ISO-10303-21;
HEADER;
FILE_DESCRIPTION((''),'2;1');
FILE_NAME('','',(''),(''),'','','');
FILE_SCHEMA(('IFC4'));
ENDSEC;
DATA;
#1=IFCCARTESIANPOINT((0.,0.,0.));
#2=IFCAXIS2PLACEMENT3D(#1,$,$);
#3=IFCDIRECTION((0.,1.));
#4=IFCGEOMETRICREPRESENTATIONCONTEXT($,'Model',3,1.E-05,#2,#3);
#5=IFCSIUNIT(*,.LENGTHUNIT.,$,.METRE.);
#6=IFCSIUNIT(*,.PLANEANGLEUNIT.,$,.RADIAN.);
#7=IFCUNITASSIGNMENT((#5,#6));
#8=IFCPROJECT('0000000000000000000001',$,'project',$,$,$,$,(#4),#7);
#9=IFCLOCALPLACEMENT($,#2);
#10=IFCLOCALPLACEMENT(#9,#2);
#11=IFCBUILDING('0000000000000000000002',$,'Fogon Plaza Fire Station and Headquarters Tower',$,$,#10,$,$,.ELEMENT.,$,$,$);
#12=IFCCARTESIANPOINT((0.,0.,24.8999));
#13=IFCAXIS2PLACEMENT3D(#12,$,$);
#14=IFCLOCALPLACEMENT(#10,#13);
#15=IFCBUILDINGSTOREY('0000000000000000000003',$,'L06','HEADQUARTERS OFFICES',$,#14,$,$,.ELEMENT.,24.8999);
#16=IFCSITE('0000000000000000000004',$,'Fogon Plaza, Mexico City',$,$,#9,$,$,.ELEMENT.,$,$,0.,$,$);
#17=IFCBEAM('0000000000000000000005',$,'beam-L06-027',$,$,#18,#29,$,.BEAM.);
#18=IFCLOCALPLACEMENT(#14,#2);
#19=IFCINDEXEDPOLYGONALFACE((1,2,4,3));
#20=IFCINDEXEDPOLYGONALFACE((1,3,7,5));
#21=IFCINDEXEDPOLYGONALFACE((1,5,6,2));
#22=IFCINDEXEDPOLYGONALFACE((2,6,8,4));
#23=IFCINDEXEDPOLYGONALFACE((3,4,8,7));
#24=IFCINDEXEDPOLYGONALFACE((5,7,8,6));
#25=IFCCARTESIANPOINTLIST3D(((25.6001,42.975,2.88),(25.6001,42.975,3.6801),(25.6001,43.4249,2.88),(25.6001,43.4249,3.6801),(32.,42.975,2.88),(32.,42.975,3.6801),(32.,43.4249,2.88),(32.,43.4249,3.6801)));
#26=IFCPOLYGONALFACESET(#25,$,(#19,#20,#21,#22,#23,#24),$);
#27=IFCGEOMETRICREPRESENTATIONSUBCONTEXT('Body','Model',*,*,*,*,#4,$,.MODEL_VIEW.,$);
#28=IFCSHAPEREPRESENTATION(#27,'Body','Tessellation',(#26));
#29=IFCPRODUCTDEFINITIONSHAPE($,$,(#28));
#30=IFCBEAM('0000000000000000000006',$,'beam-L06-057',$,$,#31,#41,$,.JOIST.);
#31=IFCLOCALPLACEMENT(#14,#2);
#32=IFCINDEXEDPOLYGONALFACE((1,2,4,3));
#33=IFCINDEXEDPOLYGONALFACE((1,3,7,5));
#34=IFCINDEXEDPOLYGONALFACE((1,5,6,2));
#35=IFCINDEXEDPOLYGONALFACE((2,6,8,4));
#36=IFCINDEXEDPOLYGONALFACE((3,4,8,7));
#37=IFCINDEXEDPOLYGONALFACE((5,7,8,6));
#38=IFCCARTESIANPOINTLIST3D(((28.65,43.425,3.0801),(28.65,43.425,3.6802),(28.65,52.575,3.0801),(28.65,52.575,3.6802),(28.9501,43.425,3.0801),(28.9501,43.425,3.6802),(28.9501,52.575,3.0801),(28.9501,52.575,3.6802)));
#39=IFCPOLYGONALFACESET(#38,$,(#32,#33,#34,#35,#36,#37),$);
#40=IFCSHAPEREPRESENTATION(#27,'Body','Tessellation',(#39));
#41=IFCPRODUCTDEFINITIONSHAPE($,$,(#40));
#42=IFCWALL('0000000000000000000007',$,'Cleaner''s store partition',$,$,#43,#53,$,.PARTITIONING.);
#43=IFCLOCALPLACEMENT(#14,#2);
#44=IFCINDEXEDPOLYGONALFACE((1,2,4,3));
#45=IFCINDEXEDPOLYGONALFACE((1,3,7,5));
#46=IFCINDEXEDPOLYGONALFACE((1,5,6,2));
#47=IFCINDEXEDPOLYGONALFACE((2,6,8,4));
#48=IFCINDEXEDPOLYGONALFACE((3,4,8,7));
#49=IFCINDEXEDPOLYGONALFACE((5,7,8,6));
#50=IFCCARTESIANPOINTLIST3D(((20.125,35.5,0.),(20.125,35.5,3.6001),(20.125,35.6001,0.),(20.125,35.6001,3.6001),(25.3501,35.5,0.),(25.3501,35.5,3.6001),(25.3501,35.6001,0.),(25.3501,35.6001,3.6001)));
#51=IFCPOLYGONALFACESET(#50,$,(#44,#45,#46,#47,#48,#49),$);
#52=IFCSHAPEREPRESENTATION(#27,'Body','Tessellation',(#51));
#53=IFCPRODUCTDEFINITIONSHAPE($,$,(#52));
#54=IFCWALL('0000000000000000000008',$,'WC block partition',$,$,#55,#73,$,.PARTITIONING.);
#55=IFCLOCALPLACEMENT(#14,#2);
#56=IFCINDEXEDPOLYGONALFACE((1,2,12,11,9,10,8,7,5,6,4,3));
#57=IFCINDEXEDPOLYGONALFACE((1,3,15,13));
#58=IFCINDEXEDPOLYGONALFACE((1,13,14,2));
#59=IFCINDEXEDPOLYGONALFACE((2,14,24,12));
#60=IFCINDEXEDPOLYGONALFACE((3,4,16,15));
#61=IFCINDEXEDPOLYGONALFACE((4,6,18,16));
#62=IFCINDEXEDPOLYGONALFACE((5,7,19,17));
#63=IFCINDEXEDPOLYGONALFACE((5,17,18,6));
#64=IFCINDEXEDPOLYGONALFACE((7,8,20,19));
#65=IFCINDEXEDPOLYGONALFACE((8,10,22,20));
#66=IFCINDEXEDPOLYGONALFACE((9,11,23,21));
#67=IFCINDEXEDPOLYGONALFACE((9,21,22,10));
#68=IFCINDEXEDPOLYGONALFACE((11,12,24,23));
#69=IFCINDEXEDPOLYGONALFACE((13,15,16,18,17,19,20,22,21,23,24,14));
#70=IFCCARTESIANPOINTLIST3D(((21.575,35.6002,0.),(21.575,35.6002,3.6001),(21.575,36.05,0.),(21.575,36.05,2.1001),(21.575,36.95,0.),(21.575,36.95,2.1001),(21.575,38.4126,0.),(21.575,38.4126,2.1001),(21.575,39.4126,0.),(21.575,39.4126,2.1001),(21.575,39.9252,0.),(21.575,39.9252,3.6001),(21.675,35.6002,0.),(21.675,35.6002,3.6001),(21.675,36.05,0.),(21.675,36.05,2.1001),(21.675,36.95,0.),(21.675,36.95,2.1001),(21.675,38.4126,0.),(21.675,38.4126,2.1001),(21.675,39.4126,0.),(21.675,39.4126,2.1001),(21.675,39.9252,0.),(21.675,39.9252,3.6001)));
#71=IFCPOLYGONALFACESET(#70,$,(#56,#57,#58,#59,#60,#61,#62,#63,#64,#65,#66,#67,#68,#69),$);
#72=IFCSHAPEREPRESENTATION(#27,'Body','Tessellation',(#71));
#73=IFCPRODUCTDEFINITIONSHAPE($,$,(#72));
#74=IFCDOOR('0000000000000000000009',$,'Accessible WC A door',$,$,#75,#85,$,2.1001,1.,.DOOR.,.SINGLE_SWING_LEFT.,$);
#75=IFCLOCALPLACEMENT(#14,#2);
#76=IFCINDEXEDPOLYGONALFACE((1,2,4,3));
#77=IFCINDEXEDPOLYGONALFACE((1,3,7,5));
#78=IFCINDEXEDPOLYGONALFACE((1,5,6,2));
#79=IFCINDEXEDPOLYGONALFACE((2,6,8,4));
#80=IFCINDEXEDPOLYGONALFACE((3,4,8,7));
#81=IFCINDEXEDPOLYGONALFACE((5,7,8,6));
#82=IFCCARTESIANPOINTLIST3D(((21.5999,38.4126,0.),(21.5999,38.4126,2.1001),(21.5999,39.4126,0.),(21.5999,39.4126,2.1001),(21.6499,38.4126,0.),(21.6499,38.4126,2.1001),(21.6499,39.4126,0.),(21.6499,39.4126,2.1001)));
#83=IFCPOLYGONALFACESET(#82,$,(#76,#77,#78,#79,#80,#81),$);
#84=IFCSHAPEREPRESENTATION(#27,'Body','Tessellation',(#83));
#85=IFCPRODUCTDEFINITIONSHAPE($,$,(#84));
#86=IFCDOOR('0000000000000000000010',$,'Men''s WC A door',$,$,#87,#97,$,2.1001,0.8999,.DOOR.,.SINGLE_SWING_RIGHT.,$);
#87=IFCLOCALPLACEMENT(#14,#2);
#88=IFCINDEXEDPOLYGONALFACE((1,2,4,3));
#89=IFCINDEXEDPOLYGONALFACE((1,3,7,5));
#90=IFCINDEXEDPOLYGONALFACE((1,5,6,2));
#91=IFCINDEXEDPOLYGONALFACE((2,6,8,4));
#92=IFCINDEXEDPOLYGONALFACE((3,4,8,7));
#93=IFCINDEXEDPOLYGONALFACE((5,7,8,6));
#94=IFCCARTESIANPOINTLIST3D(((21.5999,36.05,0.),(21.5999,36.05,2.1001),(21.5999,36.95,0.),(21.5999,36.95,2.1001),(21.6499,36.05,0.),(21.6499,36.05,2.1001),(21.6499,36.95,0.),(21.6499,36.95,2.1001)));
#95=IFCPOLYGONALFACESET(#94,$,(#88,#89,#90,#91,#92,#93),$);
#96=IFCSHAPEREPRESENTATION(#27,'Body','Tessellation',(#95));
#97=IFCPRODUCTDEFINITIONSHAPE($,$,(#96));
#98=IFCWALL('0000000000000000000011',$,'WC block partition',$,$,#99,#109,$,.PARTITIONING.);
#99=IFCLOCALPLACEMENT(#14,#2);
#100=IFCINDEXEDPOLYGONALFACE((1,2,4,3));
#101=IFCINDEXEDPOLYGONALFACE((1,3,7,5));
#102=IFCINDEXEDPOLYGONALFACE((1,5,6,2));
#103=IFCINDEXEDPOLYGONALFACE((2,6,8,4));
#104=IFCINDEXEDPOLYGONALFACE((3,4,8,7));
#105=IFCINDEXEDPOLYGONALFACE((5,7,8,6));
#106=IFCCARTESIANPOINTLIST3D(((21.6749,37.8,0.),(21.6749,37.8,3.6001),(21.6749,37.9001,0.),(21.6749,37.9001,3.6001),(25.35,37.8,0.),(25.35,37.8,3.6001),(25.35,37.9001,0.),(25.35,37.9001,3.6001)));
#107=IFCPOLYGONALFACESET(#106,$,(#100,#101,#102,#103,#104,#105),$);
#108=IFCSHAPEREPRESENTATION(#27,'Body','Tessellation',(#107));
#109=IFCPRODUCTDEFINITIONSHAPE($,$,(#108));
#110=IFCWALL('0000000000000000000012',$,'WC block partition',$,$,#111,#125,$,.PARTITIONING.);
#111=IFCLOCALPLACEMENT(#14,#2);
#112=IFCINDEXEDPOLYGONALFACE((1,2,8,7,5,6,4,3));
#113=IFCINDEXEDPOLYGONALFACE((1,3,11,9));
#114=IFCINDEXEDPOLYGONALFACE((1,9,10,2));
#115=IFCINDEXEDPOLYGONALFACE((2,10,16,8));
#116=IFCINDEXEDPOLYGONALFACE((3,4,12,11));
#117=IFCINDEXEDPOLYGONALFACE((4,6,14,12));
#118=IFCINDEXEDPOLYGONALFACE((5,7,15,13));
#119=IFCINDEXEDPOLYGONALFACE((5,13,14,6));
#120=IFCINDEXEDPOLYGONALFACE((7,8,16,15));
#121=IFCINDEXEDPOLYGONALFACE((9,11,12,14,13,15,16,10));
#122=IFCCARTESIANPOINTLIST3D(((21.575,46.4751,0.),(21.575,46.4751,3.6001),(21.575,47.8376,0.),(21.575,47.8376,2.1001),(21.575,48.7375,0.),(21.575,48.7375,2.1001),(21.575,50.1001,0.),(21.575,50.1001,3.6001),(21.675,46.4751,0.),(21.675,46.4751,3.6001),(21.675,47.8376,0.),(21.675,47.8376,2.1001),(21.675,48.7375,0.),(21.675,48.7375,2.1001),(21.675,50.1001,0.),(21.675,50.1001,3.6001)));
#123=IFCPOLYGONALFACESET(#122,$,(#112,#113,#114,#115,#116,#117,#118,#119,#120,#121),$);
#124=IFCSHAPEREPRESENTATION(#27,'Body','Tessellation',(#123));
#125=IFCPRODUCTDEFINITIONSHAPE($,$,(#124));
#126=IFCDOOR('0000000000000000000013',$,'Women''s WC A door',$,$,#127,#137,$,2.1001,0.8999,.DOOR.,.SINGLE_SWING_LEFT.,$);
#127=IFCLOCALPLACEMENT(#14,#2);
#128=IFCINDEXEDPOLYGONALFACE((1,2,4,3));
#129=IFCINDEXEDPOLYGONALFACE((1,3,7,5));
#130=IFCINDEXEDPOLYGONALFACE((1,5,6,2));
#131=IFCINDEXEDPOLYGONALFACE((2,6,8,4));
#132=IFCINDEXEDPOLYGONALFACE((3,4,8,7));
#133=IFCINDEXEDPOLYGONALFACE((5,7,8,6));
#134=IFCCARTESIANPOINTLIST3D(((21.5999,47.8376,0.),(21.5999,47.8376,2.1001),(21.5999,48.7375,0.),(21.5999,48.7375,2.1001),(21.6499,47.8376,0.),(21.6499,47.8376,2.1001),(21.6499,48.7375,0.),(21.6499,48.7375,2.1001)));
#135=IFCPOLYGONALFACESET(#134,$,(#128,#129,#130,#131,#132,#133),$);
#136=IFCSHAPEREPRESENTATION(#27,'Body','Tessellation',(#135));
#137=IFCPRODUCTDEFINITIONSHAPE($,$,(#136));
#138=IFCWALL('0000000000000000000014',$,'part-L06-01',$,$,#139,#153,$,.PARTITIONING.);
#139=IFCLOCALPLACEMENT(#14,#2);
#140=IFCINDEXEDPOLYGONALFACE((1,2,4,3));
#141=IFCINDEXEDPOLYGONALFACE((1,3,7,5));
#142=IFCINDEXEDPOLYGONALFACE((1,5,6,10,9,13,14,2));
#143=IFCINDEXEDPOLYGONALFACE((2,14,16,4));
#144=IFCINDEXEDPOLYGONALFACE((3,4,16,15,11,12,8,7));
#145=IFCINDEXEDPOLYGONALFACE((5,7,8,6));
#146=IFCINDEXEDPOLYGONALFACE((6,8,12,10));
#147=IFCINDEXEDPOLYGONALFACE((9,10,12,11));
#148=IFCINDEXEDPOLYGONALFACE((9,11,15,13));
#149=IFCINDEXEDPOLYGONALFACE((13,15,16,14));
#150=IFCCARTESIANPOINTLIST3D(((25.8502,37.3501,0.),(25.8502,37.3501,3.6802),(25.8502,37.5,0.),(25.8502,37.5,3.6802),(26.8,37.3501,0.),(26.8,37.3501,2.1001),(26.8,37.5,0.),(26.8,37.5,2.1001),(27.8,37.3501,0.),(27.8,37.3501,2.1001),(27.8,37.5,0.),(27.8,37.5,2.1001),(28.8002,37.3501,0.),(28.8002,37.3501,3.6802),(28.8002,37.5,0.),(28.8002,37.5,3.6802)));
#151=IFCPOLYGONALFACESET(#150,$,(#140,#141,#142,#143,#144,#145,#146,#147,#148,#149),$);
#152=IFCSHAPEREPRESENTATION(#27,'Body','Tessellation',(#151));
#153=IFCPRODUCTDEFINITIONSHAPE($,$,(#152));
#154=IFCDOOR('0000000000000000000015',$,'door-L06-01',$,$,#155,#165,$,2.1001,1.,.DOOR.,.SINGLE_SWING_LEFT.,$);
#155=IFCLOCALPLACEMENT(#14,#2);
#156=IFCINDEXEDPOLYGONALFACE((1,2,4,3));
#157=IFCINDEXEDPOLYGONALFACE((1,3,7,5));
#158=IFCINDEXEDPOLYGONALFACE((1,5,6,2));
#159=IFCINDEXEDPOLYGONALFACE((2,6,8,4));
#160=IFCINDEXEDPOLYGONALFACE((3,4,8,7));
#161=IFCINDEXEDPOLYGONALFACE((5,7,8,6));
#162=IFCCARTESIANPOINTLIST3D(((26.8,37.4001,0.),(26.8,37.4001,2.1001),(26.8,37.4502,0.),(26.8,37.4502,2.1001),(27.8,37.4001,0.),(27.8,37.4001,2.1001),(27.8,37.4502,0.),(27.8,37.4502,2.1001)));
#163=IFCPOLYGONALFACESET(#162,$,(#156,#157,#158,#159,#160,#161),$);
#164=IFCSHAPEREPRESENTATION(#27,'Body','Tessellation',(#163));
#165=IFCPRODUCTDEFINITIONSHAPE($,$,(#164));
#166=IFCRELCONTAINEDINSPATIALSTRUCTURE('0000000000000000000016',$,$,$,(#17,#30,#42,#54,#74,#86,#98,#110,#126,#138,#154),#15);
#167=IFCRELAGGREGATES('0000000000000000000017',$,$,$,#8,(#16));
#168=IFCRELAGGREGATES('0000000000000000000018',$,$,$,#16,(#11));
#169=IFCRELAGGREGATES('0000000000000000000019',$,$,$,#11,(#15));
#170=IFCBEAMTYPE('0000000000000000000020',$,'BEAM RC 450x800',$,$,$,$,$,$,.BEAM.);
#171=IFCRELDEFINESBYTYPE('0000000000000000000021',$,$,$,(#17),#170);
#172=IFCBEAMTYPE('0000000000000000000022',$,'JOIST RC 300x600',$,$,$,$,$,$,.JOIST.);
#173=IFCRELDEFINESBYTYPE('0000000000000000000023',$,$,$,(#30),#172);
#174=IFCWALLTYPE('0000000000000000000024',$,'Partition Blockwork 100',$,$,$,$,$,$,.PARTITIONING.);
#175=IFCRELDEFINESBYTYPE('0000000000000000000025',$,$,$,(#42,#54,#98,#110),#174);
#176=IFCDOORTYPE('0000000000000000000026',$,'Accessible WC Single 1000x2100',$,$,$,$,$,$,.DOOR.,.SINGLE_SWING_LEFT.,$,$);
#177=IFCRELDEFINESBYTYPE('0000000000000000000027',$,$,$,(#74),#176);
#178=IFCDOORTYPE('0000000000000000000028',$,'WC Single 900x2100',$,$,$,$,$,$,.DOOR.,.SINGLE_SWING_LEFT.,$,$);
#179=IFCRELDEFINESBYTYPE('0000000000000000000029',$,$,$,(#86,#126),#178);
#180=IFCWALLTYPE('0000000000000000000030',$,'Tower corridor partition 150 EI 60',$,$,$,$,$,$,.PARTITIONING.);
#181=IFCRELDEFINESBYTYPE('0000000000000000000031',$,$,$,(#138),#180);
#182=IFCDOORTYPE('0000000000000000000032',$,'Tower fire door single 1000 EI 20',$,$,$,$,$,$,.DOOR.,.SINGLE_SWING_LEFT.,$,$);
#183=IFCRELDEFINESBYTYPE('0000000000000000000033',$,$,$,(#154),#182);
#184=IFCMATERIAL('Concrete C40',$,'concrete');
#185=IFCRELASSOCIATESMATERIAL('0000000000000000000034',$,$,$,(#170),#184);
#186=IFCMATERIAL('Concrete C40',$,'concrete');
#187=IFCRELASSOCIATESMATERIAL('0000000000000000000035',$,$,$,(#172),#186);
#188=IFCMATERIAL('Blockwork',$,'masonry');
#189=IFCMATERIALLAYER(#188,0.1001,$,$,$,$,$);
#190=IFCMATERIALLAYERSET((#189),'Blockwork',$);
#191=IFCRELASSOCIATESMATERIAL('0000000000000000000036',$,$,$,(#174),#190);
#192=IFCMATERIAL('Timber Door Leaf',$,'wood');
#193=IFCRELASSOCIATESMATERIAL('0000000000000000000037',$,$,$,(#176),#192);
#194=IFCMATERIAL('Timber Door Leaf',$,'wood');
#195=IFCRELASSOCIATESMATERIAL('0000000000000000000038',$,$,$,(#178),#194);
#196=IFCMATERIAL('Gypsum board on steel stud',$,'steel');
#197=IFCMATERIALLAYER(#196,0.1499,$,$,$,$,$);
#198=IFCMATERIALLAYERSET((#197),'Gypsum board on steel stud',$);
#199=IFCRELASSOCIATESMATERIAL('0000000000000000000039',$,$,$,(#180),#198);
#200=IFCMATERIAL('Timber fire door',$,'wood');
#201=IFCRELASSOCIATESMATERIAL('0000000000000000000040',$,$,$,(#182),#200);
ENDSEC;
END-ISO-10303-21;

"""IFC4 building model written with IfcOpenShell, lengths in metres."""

from ifc_helpers import new_model, si_unit, direction, frame, frame_2d, origin, origin_2d, place, context, subcontext, project, spatial, rectangle, extrude, material, layer, layer_set, material_profile, profile_set, type_object, element, fill, save


model = new_model("IFC4")

# Units and contexts
model_context = context("Model", 3, precision=1e-05, world=origin(), true_north=direction((0.0, 1.0)))
body_context = subcontext(model_context, "Body", "Model", "MODEL_VIEW")
ifc_project = project(units=[si_unit("LENGTHUNIT", "METRE"), si_unit("PLANEANGLEUNIT", "RADIAN")], contexts=[model_context])

# Site, building, storey
site_placement = place(None, origin())
site = spatial("IfcSite", under=ifc_project, at=site_placement, Name="Fogon Plaza, Mexico City", CompositionType="ELEMENT", RefElevation=0.0)
building_placement = place(site_placement, origin())
building = spatial("IfcBuilding", under=site, at=building_placement, Name="Fogon Plaza Fire Station and Headquarters Tower", CompositionType="ELEMENT")
storey_placement = place(building_placement, frame((0.0, 0.0, 24.8999)))
storey = spatial("IfcBuildingStorey", under=building, at=storey_placement, Name="L06", Description="HEADQUARTERS OFFICES", CompositionType="ELEMENT", Elevation=24.8999)

# Beams
ifc_material_1 = material(Name="Concrete C40", Category="concrete")
ifc_material_profile_1 = material_profile(ifc_material_1, rectangle(XDim=0.45, YDim=0.8, at=origin_2d()), Name="RC 450x800")
ifc_profile_set_1 = profile_set([ifc_material_profile_1], Name="Concrete C40")
beam_type_1 = type_object("IfcBeamType", Name="BEAM RC 450x800", PredefinedType="BEAM", material=ifc_profile_set_1)
beam_1_placement = place(storey_placement, frame((25.6001, 43.2, 3.28), z_axis=(1.0, 0.0, 0.0), x_axis=(0.0, 1.0, 0.0)))
element("IfcBeam", 1, at=beam_1_placement, inside=storey, type_object=beam_type_1, Name="beam-L06-027", PredefinedType="BEAM", context=body_context, shape_type="SweptSolid", body=[
    extrude(rectangle(XDim=0.45, YDim=0.8, at=origin_2d()), origin(), (0.0, 0.0, 1.0), 6.3999),
])
ifc_material_2 = material(Name="Concrete C40", Category="concrete")
ifc_material_profile_2 = material_profile(ifc_material_2, rectangle(XDim=0.3, YDim=0.6001, at=origin_2d()), Name="RC 300x600")
ifc_profile_set_2 = profile_set([ifc_material_profile_2], Name="Concrete C40")
beam_type_2 = type_object("IfcBeamType", Name="JOIST RC 300x600", PredefinedType="JOIST", material=ifc_profile_set_2)
beam_2_placement = place(storey_placement, frame((28.8, 43.425, 3.3801), z_axis=(0.0, 1.0, 0.0), x_axis=(-1.0, 0.0, 0.0)))
element("IfcBeam", 2, at=beam_2_placement, inside=storey, type_object=beam_type_2, Name="beam-L06-057", PredefinedType="JOIST", context=body_context, shape_type="SweptSolid", body=[
    extrude(rectangle(XDim=0.3, YDim=0.6001, at=origin_2d()), origin(), (0.0, 0.0, 1.0), 9.1499),
])

# Wall
ifc_material_3 = material(Name="Blockwork", Category="masonry")
ifc_layer_1 = layer(ifc_material_3, 0.1001)
ifc_layer_set_1 = layer_set([ifc_layer_1], Name="Blockwork")
wall_type_1 = type_object("IfcWallType", Name="Partition Blockwork 100", PredefinedType="PARTITIONING", material=ifc_layer_set_1)
wall_1_placement = place(storey_placement, frame((20.125, 35.55, 0.0), z_axis=(0.0, 0.0, 1.0), x_axis=(1.0, 0.0, 0.0)))
element("IfcWall", 3, at=wall_1_placement, inside=storey, type_object=wall_type_1, Name="Cleaner's store partition", PredefinedType="PARTITIONING", context=body_context, shape_type="SweptSolid", body=[
    extrude(rectangle(XDim=5.2251, YDim=0.1001, at=frame_2d((2.6125, 0.0))), origin(), (0.0, 0.0, 1.0), 3.6001),
])

# Wall, openings, doors
wall_2_placement = place(storey_placement, frame((21.625, 35.6001, 0.0), z_axis=(0.0, 0.0, 1.0), x_axis=(0.0, 1.0, 0.0)))
wall_2 = element("IfcWall", 4, at=wall_2_placement, inside=storey, type_object=wall_type_1, Name="WC block partition", PredefinedType="PARTITIONING", context=body_context, shape_type="SweptSolid", body=[
    extrude(rectangle(XDim=4.325, YDim=0.1001, at=frame_2d((2.1626, 0.0))), origin(), (0.0, 0.0, 1.0), 3.6001),
])
opening_1_placement = place(wall_2_placement, frame((0.45, 0.0, 0.0)))
opening_1 = element("IfcOpeningElement", 5, at=opening_1_placement, cuts=wall_2, PredefinedType="OPENING", context=body_context, shape_type="SweptSolid", body=[
    extrude(rectangle(XDim=0.8999, YDim=2.1001, at=frame_2d((0.45, 1.05))), frame((0.0, 0.0601, 0.0), z_axis=(0.0, -1.0, 0.0), x_axis=(1.0, 0.0, 0.0)), (0.0, 0.0, 1.0), 0.1201),
])
opening_2_placement = place(wall_2_placement, frame((2.8125, 0.0, 0.0)))
opening_2 = element("IfcOpeningElement", 6, at=opening_2_placement, cuts=wall_2, PredefinedType="OPENING", context=body_context, shape_type="SweptSolid", body=[
    extrude(rectangle(XDim=1.0, YDim=2.1001, at=frame_2d((0.5, 1.05))), frame((0.0, 0.0601, 0.0), z_axis=(0.0, -1.0, 0.0), x_axis=(1.0, 0.0, 0.0)), (0.0, 0.0, 1.0), 0.1201),
])
ifc_material_4 = material(Name="Timber Door Leaf", Category="wood")
door_type_1 = type_object("IfcDoorType", Name="Accessible WC Single 1000x2100", OperationType="SINGLE_SWING_LEFT", PredefinedType="DOOR", material=ifc_material_4)
door_1_placement = place(opening_2_placement, frame((1.0, 0.0, 0.0), z_axis=(0.0, 0.0, 1.0), x_axis=(-1.0, 0.0, 0.0)))
door_1 = element("IfcDoor", 7, at=door_1_placement, inside=storey, type_object=door_type_1, Name="Accessible WC A door", OperationType="SINGLE_SWING_LEFT", OverallHeight=2.1001, OverallWidth=1.0, PredefinedType="DOOR", context=body_context, shape_type="SweptSolid", body=[
    extrude(rectangle(XDim=1.0, YDim=2.1001, at=frame_2d((0.5, 1.05))), frame((0.0, 0.0249, 0.0), z_axis=(0.0, -1.0, 0.0), x_axis=(1.0, 0.0, 0.0)), (0.0, 0.0, 1.0), 0.05),
])
fill(opening_2, door_1)
ifc_material_5 = material(Name="Timber Door Leaf", Category="wood")
door_type_2 = type_object("IfcDoorType", Name="WC Single 900x2100", OperationType="SINGLE_SWING_LEFT", PredefinedType="DOOR", material=ifc_material_5)
door_2_placement = place(opening_1_placement, frame((0.8999, 0.0, 0.0), z_axis=(0.0, 0.0, 1.0), x_axis=(-1.0, 0.0, 0.0)))
door_2 = element("IfcDoor", 8, at=door_2_placement, inside=storey, type_object=door_type_2, Name="Men's WC A door", OperationType="SINGLE_SWING_RIGHT", OverallHeight=2.1001, OverallWidth=0.8999, PredefinedType="DOOR", context=body_context, shape_type="SweptSolid", body=[
    extrude(rectangle(XDim=0.8999, YDim=2.1001, at=frame_2d((0.45, 1.05))), frame((0.0, 0.0249, 0.0), z_axis=(0.0, -1.0, 0.0), x_axis=(1.0, 0.0, 0.0)), (0.0, 0.0, 1.0), 0.05),
])
fill(opening_1, door_2)

# Wall
wall_3_placement = place(storey_placement, frame((21.675, 37.8501, 0.0), z_axis=(0.0, 0.0, 1.0), x_axis=(1.0, 0.0, 0.0)))
element("IfcWall", 9, at=wall_3_placement, inside=storey, type_object=wall_type_1, Name="WC block partition", PredefinedType="PARTITIONING", context=body_context, shape_type="SweptSolid", body=[
    extrude(rectangle(XDim=3.675, YDim=0.1001, at=frame_2d((1.8374, 0.0))), origin(), (0.0, 0.0, 1.0), 3.6001),
])

# Walls, openings, doors
wall_4_placement = place(storey_placement, frame((21.625, 46.4751, 0.0), z_axis=(0.0, 0.0, 1.0), x_axis=(0.0, 1.0, 0.0)))
wall_4 = element("IfcWall", 10, at=wall_4_placement, inside=storey, type_object=wall_type_1, Name="WC block partition", PredefinedType="PARTITIONING", context=body_context, shape_type="SweptSolid", body=[
    extrude(rectangle(XDim=3.625, YDim=0.1001, at=frame_2d((1.8125, 0.0))), origin(), (0.0, 0.0, 1.0), 3.6001),
])
opening_3_placement = place(wall_4_placement, frame((1.3625, 0.0, 0.0)))
opening_3 = element("IfcOpeningElement", 11, at=opening_3_placement, cuts=wall_4, PredefinedType="OPENING", context=body_context, shape_type="SweptSolid", body=[
    extrude(rectangle(XDim=0.8999, YDim=2.1001, at=frame_2d((0.45, 1.05))), frame((0.0, 0.0601, 0.0), z_axis=(0.0, -1.0, 0.0), x_axis=(1.0, 0.0, 0.0)), (0.0, 0.0, 1.0), 0.1201),
])
door_3_placement = place(opening_3_placement, frame((0.8999, 0.0, 0.0), z_axis=(0.0, 0.0, 1.0), x_axis=(-1.0, 0.0, 0.0)))
door_3 = element("IfcDoor", 12, at=door_3_placement, inside=storey, type_object=door_type_2, Name="Women's WC A door", OperationType="SINGLE_SWING_LEFT", OverallHeight=2.1001, OverallWidth=0.8999, PredefinedType="DOOR", context=body_context, shape_type="SweptSolid", body=[
    extrude(rectangle(XDim=0.8999, YDim=2.1001, at=frame_2d((0.45, 1.05))), frame((0.0, 0.0249, 0.0), z_axis=(0.0, -1.0, 0.0), x_axis=(1.0, 0.0, 0.0)), (0.0, 0.0, 1.0), 0.05),
])
fill(opening_3, door_3)
ifc_material_6 = material(Name="Gypsum board on steel stud", Category="steel")
ifc_layer_2 = layer(ifc_material_6, 0.1499)
ifc_layer_set_2 = layer_set([ifc_layer_2], Name="Gypsum board on steel stud")
wall_type_2 = type_object("IfcWallType", Name="Tower corridor partition 150 EI 60", PredefinedType="PARTITIONING", material=ifc_layer_set_2)
wall_5_placement = place(storey_placement, frame((25.8501, 37.425, 0.0), z_axis=(0.0, 0.0, 1.0), x_axis=(1.0, 0.0, 0.0)))
wall_5 = element("IfcWall", 13, at=wall_5_placement, inside=storey, type_object=wall_type_2, Name="part-L06-01", PredefinedType="PARTITIONING", context=body_context, shape_type="SweptSolid", body=[
    extrude(rectangle(XDim=2.95, YDim=0.1499, at=frame_2d((1.4751, 0.0))), origin(), (0.0, 0.0, 1.0), 3.6802),
])
opening_4_placement = place(wall_5_placement, frame((0.95, 0.0, 0.0)))
opening_4 = element("IfcOpeningElement", 14, at=opening_4_placement, cuts=wall_5, PredefinedType="OPENING", context=body_context, shape_type="SweptSolid", body=[
    extrude(rectangle(XDim=1.0, YDim=2.1001, at=frame_2d((0.5, 1.05))), frame((0.0, 0.085, 0.0), z_axis=(0.0, -1.0, 0.0), x_axis=(1.0, 0.0, 0.0)), (0.0, 0.0, 1.0), 0.1699),
])
ifc_material_7 = material(Name="Timber fire door", Category="wood")
door_type_3 = type_object("IfcDoorType", Name="Tower fire door single 1000 EI 20", OperationType="SINGLE_SWING_LEFT", PredefinedType="DOOR", material=ifc_material_7)
door_4_placement = place(opening_4_placement, frame((1.0, 0.0, 0.0), z_axis=(0.0, 0.0, 1.0), x_axis=(-1.0, 0.0, 0.0)))
door_4 = element("IfcDoor", 15, at=door_4_placement, inside=storey, type_object=door_type_3, Name="door-L06-01", OperationType="SINGLE_SWING_LEFT", OverallHeight=2.1001, OverallWidth=1.0, PredefinedType="DOOR", context=body_context, shape_type="SweptSolid", body=[
    extrude(rectangle(XDim=1.0, YDim=2.1001, at=frame_2d((0.5, 1.05))), frame((0.0, 0.0249, 0.0), z_axis=(0.0, -1.0, 0.0), x_axis=(1.0, 0.0, 0.0)), (0.0, 0.0, 1.0), 0.05),
])
fill(opening_4, door_4)

save(model, "model.ifc")
